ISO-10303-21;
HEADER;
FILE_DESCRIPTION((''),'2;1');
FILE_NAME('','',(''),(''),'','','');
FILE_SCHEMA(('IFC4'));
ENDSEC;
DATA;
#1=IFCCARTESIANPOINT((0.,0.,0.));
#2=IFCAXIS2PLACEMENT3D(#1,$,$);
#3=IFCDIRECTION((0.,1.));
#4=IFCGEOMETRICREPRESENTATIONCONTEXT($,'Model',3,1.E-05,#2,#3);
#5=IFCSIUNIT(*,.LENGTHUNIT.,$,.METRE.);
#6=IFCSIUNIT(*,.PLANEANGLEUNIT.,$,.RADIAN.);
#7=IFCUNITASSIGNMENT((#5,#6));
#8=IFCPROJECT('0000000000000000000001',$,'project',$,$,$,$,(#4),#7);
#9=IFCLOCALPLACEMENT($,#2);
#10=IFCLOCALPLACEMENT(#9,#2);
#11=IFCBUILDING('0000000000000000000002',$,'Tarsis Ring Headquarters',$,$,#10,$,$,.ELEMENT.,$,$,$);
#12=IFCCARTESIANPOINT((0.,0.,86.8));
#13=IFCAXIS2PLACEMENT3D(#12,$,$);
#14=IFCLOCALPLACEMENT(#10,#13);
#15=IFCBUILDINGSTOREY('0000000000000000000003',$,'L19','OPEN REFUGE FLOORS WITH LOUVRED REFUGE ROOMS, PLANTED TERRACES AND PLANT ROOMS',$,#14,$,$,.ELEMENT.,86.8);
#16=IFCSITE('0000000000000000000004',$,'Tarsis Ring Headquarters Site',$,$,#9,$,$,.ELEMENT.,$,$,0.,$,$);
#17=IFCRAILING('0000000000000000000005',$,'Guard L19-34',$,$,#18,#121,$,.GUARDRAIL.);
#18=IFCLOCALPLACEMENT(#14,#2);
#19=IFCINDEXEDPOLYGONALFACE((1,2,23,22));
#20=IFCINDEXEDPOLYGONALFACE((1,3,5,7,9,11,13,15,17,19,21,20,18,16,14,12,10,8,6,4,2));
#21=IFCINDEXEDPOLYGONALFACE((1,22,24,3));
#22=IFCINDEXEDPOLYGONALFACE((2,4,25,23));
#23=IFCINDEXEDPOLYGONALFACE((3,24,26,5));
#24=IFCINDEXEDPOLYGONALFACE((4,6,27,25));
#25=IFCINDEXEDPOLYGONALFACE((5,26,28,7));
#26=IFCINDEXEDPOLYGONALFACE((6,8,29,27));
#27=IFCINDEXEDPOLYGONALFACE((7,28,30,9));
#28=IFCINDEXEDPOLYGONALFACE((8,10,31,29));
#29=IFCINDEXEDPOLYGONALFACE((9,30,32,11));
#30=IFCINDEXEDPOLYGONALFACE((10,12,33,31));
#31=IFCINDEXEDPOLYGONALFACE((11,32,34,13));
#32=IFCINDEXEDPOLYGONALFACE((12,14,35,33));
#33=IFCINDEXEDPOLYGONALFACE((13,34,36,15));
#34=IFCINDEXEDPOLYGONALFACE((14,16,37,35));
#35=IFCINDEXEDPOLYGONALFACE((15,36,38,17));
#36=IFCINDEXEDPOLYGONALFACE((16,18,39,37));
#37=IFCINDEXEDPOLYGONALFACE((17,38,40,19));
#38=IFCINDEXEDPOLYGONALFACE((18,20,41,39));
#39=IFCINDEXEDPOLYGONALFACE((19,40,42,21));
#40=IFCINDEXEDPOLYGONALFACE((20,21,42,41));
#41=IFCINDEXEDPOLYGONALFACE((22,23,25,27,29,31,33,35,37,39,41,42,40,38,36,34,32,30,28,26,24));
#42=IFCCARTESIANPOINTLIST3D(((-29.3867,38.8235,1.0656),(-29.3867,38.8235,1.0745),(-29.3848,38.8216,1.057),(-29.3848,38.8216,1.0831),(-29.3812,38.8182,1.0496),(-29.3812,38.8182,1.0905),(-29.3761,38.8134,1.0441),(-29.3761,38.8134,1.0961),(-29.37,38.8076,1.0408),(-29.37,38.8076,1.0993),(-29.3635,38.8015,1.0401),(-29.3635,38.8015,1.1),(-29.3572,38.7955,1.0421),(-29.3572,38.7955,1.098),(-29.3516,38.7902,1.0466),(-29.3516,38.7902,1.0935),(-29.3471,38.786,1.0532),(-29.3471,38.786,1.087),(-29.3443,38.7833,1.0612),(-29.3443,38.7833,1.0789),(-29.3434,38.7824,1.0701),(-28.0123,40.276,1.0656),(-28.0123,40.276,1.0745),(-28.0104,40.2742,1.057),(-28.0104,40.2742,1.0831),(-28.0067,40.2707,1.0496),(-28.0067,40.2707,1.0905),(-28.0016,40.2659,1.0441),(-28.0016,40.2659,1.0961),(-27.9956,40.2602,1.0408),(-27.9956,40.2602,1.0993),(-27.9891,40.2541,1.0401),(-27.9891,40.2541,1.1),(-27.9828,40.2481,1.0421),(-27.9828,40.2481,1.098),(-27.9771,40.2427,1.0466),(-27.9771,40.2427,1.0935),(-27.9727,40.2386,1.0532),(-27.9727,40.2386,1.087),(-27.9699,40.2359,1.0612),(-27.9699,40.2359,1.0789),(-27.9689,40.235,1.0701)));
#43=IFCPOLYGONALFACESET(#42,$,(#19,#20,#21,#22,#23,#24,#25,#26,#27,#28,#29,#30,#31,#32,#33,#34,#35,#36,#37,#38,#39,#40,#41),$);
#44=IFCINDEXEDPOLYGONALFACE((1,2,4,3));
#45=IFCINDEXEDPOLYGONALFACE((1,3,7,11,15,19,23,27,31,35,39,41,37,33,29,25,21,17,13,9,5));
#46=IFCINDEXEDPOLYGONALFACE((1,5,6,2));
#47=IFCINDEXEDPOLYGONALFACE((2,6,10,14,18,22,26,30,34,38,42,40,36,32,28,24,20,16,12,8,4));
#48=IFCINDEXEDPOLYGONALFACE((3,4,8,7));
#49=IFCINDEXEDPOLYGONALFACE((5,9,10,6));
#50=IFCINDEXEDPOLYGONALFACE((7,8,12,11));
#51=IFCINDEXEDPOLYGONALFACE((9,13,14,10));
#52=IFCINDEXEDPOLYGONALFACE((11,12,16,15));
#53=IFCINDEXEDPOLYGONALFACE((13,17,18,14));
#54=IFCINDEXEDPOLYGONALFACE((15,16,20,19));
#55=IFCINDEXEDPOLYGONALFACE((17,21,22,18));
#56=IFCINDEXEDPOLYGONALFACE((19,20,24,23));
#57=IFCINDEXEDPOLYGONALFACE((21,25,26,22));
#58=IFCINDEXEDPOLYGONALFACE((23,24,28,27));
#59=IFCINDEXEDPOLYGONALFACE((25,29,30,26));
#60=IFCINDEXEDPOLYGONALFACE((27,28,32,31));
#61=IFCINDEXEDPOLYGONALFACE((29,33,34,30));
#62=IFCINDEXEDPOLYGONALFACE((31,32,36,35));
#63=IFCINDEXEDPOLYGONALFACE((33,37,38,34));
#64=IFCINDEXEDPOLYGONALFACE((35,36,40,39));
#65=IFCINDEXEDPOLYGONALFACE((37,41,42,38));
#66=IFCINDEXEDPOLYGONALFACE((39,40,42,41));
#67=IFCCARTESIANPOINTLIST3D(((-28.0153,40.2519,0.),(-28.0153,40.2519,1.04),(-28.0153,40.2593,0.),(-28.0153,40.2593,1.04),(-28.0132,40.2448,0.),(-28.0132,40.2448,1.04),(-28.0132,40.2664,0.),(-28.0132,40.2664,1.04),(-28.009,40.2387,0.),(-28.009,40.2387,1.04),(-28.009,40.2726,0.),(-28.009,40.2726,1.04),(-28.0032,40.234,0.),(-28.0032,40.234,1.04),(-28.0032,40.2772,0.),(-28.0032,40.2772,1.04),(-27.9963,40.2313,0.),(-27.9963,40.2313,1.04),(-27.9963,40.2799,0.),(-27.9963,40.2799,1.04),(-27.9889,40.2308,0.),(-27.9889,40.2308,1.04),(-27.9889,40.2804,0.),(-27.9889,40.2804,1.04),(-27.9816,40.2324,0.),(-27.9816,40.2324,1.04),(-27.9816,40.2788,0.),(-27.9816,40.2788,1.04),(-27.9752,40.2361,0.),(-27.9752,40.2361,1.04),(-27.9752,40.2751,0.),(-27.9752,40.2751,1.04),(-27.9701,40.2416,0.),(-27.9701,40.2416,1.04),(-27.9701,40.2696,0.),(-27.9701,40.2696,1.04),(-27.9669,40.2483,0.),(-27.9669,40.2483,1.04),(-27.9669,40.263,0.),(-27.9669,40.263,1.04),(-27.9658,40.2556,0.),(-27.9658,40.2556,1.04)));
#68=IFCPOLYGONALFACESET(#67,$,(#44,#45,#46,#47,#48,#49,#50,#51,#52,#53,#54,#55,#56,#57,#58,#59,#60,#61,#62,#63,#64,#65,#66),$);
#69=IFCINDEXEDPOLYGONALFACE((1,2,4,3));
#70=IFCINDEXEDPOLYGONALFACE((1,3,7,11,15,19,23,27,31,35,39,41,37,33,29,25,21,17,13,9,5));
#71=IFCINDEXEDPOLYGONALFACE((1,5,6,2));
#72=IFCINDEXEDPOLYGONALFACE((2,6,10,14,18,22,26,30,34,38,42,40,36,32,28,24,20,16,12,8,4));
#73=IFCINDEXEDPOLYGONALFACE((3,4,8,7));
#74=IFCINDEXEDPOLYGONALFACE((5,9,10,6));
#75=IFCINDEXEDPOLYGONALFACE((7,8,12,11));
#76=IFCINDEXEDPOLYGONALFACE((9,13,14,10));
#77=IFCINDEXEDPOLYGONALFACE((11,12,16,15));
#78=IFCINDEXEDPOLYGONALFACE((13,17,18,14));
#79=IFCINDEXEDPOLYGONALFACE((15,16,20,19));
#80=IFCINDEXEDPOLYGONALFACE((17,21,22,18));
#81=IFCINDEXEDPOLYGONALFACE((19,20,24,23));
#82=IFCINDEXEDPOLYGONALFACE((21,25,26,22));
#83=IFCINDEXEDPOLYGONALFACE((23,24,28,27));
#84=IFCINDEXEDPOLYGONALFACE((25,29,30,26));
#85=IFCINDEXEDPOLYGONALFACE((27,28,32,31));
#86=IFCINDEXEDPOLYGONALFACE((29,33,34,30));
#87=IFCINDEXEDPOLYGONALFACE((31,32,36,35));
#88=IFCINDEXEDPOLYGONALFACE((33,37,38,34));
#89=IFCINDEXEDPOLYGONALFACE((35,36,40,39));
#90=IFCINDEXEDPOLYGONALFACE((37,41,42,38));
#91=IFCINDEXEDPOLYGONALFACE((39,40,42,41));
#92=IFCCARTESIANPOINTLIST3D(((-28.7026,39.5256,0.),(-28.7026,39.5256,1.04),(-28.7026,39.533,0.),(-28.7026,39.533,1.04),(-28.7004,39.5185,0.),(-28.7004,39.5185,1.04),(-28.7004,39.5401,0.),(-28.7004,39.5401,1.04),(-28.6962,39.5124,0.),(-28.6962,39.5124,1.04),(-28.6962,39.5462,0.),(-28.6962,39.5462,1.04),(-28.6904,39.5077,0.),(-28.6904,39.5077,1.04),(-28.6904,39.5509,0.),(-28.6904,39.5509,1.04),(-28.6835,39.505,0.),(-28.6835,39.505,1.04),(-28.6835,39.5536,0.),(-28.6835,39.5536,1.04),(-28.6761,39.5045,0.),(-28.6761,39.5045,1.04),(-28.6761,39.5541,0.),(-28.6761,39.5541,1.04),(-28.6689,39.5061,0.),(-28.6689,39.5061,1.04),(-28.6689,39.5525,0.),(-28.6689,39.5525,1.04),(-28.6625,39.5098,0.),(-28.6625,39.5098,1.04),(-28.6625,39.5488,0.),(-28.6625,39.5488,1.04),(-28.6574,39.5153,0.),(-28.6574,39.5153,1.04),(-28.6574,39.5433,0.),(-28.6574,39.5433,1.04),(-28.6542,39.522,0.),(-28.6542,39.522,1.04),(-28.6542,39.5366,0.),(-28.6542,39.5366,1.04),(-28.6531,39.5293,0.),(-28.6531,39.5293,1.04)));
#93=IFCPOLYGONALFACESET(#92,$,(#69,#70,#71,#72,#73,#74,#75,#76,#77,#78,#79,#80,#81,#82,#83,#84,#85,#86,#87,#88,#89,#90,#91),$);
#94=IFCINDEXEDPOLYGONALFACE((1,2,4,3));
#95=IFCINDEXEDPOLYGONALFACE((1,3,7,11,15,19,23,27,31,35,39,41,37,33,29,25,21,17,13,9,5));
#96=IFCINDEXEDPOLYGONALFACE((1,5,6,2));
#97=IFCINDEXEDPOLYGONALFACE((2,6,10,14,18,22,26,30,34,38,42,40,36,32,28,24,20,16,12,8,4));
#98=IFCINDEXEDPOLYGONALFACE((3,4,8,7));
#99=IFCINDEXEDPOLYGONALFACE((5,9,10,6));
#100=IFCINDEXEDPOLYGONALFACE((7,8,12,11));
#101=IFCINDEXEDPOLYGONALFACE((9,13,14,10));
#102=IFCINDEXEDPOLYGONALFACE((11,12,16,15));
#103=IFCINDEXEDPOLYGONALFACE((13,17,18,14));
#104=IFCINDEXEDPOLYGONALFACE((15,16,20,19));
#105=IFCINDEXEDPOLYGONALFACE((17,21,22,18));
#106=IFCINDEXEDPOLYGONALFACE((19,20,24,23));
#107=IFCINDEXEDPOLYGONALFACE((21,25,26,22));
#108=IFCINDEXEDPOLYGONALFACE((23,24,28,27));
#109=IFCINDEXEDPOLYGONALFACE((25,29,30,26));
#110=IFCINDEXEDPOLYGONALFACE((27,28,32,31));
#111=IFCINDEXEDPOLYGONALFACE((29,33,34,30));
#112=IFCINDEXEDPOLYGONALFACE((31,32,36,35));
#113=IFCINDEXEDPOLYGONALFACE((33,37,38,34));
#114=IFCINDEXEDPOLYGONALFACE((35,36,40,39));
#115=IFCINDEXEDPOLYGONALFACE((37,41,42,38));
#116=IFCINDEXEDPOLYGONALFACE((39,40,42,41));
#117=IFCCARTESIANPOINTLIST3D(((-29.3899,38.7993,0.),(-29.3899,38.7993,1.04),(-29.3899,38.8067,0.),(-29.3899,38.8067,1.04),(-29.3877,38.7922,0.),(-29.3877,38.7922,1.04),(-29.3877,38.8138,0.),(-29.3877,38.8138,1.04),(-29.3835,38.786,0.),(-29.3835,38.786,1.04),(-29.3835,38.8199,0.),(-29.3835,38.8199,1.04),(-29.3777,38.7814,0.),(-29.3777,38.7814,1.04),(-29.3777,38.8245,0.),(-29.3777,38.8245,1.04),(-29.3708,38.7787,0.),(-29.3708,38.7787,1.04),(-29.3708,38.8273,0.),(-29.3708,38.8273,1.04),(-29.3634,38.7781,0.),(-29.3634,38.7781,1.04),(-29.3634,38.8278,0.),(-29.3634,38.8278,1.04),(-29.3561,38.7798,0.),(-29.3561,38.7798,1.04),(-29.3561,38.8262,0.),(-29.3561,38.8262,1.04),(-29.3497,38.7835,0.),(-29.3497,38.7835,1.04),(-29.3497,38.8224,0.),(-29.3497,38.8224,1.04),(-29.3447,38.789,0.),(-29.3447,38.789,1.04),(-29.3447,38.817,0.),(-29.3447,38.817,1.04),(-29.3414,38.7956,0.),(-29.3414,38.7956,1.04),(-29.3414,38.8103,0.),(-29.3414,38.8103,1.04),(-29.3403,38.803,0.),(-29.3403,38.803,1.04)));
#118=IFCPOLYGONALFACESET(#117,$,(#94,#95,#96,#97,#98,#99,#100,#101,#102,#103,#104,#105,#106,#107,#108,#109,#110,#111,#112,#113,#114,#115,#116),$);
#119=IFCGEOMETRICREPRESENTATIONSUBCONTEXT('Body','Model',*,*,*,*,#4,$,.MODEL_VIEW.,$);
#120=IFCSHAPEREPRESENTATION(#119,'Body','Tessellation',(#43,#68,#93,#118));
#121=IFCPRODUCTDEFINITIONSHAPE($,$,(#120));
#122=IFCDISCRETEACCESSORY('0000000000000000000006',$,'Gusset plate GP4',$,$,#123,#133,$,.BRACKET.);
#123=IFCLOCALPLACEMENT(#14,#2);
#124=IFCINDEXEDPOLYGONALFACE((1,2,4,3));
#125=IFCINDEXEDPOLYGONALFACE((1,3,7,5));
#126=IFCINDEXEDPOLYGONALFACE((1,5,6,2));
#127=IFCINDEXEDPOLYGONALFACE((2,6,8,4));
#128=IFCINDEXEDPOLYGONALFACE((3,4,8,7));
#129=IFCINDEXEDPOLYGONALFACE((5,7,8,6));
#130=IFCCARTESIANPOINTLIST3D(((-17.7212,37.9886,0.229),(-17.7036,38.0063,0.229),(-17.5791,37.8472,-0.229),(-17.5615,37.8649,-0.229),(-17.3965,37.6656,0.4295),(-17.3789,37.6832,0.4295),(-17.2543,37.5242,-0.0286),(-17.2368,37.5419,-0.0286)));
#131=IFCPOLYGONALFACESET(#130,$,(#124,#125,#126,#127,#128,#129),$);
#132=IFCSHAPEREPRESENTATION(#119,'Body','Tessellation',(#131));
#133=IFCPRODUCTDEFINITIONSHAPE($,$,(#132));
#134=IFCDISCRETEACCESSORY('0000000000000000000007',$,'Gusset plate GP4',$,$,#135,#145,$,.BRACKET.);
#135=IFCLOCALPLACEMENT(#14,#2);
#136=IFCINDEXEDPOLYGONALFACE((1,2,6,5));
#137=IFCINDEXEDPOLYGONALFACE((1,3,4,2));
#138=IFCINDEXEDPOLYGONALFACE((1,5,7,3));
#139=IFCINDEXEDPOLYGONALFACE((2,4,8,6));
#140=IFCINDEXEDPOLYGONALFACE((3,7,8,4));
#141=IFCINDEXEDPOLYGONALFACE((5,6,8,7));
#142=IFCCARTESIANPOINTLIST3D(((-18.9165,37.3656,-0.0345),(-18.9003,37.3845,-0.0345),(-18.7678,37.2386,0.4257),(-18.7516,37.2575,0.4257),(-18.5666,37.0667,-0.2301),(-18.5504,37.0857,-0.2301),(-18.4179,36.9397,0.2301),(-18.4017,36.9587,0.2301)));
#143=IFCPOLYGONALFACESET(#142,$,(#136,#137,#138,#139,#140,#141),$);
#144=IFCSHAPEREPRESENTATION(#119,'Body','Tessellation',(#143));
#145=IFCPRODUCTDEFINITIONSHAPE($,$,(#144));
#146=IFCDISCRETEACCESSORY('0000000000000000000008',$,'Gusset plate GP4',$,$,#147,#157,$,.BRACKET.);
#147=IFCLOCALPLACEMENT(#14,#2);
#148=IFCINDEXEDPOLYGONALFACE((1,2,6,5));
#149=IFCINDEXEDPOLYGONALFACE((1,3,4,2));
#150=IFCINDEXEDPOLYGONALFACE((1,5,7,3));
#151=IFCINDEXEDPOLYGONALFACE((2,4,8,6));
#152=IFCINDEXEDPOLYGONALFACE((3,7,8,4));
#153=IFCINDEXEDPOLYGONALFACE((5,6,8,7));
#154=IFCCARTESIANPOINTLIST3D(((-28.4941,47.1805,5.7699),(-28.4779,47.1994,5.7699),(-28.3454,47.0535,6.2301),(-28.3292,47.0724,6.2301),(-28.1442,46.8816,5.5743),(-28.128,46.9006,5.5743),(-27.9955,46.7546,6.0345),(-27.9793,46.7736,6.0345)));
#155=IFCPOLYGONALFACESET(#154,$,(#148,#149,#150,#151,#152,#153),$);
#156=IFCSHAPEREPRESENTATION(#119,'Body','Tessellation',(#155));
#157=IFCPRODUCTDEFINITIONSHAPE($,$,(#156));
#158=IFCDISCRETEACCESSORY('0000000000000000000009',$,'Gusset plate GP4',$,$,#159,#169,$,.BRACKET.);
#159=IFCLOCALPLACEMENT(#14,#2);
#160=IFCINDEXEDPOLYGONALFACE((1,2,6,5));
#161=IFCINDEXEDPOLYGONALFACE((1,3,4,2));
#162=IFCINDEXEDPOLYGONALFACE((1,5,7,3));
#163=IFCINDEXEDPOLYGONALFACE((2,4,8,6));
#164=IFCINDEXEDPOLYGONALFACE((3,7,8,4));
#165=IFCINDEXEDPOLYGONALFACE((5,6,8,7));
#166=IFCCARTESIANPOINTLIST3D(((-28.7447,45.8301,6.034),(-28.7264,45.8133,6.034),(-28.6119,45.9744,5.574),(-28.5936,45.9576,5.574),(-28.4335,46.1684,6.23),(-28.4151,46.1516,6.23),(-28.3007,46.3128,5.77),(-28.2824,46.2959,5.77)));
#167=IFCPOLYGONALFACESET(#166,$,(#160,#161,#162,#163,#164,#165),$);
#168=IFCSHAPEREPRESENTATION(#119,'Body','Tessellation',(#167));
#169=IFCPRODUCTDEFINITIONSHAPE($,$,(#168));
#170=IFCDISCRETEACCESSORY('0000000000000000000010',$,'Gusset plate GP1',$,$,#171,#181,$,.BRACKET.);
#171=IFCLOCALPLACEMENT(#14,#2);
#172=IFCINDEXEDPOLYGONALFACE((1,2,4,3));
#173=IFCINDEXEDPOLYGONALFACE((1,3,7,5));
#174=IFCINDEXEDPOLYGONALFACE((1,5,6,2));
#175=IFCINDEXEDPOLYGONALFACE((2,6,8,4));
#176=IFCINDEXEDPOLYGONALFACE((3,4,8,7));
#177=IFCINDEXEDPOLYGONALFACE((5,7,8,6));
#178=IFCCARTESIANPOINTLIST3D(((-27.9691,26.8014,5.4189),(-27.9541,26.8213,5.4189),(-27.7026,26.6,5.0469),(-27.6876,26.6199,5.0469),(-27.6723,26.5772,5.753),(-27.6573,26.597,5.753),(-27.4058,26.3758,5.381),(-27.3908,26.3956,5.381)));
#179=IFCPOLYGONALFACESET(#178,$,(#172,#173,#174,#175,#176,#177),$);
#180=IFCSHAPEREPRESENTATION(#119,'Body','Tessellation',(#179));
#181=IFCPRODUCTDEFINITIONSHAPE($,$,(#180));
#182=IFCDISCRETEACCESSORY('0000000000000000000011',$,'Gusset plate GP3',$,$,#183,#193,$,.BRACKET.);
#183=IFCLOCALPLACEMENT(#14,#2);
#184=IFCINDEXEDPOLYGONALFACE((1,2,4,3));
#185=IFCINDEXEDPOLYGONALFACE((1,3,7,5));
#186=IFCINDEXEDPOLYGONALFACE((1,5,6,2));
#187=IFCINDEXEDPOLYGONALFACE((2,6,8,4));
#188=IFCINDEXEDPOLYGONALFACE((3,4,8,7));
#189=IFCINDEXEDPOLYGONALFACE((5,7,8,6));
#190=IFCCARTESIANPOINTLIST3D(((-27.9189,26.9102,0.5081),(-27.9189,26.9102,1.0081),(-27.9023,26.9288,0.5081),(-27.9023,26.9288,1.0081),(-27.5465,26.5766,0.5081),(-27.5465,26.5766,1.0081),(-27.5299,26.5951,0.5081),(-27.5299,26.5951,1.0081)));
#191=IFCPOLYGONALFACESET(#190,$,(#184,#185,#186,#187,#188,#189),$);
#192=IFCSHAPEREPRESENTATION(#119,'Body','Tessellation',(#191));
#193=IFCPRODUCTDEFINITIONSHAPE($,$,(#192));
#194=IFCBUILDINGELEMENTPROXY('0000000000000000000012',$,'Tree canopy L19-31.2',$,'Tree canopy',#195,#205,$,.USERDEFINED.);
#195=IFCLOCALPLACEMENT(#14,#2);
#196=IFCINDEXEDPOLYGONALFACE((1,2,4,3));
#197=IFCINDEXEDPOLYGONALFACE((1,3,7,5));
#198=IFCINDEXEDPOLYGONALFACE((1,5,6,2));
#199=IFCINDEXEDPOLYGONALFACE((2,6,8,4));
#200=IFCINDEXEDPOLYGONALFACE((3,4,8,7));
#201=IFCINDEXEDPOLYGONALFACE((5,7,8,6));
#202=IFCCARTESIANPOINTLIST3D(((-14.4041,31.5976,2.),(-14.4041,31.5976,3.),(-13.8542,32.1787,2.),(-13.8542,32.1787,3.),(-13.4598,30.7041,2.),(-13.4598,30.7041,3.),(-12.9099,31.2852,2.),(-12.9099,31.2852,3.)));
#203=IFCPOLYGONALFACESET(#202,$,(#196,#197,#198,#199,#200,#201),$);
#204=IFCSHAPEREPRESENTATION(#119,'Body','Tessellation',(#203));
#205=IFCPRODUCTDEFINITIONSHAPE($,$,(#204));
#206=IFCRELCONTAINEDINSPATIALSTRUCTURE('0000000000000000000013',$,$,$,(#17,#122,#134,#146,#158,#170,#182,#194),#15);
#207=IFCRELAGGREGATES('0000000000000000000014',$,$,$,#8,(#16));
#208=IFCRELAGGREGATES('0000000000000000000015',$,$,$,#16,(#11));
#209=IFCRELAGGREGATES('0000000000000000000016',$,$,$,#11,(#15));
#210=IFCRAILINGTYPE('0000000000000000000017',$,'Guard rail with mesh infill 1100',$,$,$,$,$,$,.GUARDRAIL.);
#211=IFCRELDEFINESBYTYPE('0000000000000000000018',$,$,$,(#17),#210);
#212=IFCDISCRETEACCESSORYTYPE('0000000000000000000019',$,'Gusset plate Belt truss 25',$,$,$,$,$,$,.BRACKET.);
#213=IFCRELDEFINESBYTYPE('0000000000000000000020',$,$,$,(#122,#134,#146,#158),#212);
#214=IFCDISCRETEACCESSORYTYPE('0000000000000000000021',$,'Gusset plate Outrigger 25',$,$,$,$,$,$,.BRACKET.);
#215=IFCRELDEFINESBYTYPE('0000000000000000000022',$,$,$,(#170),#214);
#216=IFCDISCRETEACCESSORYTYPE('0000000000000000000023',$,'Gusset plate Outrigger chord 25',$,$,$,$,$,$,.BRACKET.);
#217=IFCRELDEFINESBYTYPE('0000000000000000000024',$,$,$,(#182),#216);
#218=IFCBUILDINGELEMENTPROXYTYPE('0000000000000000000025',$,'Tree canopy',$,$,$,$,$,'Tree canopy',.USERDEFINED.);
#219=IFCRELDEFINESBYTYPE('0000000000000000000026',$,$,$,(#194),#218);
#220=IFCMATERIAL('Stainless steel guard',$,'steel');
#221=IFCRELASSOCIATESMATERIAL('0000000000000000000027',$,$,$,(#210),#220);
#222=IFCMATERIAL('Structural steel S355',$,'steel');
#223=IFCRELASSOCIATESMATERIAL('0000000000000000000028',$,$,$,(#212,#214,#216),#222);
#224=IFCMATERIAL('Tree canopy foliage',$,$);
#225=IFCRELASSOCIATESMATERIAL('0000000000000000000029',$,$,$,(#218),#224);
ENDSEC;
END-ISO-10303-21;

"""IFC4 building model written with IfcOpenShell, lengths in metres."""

from ifc_helpers import new_model, si_unit, direction, frame, origin, origin_2d, place, context, subcontext, project, spatial, rectangle, circle, extrude, material, material_profile, profile_set, type_object, element, save


model = new_model("IFC4")

# Units and contexts
model_context = context("Model", 3, precision=1e-05, world=origin(), true_north=direction((0.0, 1.0)))
body_context = subcontext(model_context, "Body", "Model", "MODEL_VIEW")
ifc_project = project(units=[si_unit("LENGTHUNIT", "METRE"), si_unit("PLANEANGLEUNIT", "RADIAN")], contexts=[model_context])

# Site, building, storey
site_placement = place(None, origin())
site = spatial("IfcSite", under=ifc_project, at=site_placement, Name="Tarsis Ring Headquarters Site", CompositionType="ELEMENT", RefElevation=0.0)
building_placement = place(site_placement, origin())
building = spatial("IfcBuilding", under=site, at=building_placement, Name="Tarsis Ring Headquarters", CompositionType="ELEMENT")
storey_placement = place(building_placement, frame((0.0, 0.0, 86.8)))
storey = spatial("IfcBuildingStorey", under=building, at=storey_placement, Name="L19", Description="OPEN REFUGE FLOORS WITH LOUVRED REFUGE ROOMS, PLANTED TERRACES AND PLANT ROOMS", CompositionType="ELEMENT", Elevation=86.8)

# Shared definitions
ifc_material_1 = material(Name="Structural steel S355", Category="steel")

# Railing
ifc_material_2 = material(Name="Stainless steel guard", Category="steel")
railing_type = type_object("IfcRailingType", Name="Guard rail with mesh infill 1100", PredefinedType="GUARDRAIL", material=ifc_material_2)
railing_1_placement = place(storey_placement, frame((-27.9907, 40.2556, 0.0)))
element("IfcRailing", 1, at=railing_1_placement, inside=storey, type_object=railing_type, Name="Guard L19-34", PredefinedType="GUARDRAIL", context=body_context, shape_type="SweptSolid", body=[
    extrude(circle(Radius=0.03, at=origin_2d()), frame((0.0, 0.0, 1.0701), z_axis=(-0.687304, -0.72637, 0.0), x_axis=(0.72637, -0.687304, 0.0)), (0.0, 0.0, 1.0), 1.9998),
    extrude(circle(Radius=0.0249, at=origin_2d()), origin(), (0.0, 0.0, 1.0), 1.04),
    extrude(circle(Radius=0.0249, at=origin_2d()), frame((-0.6873, -0.7263, 0.0)), (0.0, 0.0, 1.0), 1.04),
    extrude(circle(Radius=0.0249, at=origin_2d()), frame((-1.3745, -1.4526, 0.0)), (0.0, 0.0, 1.0), 1.04),
])

# Discrete accessories
ifc_material_profile_1 = material_profile(ifc_material_1, rectangle(XDim=0.0249, YDim=0.5, at=origin_2d()), Name="PL 25x500")
ifc_profile_set_1 = profile_set([ifc_material_profile_1], Name="Structural steel S355")
discrete_accessory_type_1 = type_object("IfcDiscreteAccessoryType", Name="Gusset plate Belt truss 25", PredefinedType="BRACKET", material=ifc_profile_set_1)
for number, where, z_axis, x_axis, name in (
    (2, (-17.6414, 37.9268, 0.0), (0.649494, -0.646076, 0.400928), (0.705239, 0.70897, 0.0), "Gusset plate GP4"),
    (3, (-18.4841, 37.0127, 0.0), (-0.699794, 0.59773, 0.391162), (-0.649479, -0.760379, 0.0), "Gusset plate GP4"),
    (4, (-28.4116, 47.1265, 6.0), (0.699794, -0.59773, -0.391162), (0.649479, 0.760379, 0.0), "Gusset plate GP4"),
):
    element("IfcDiscreteAccessory", number, at=place(storey_placement, frame(where, z_axis=z_axis, x_axis=x_axis)), inside=storey, type_object=discrete_accessory_type_1, Name=name, PredefinedType="BRACKET", context=body_context, shape_type="SweptSolid", body=[
        extrude(rectangle(XDim=0.0249, YDim=0.5, at=origin_2d()), origin(), (0.0, 0.0, 1.0), 0.5),
    ])
discrete_accessory_1_placement = place(storey_placement, frame((-28.3579, 46.2322, 6.0), z_axis=(-0.622772, -0.67699, -0.392224), x_axis=(0.735963, -0.677022, 0.0)))
element("IfcDiscreteAccessory", 5, at=discrete_accessory_1_placement, inside=storey, type_object=discrete_accessory_type_1, Name="Gusset plate GP4", PredefinedType="BRACKET", context=body_context, shape_type="SweptSolid", body=[
    extrude(rectangle(XDim=0.0249, YDim=0.5, at=origin_2d()), origin(), (0.0, 0.0, 1.0), 0.4998),
])
discrete_accessory_type_2 = type_object("IfcDiscreteAccessoryType", Name="Gusset plate Outrigger 25", PredefinedType="BRACKET", material=ifc_profile_set_1)
discrete_accessory_2_placement = place(storey_placement, frame((-27.8132, 26.6992, 5.5859), z_axis=(0.533117, -0.402767, -0.74402), x_axis=(0.602802, 0.797891, 0.0)))
element("IfcDiscreteAccessory", 6, at=discrete_accessory_2_placement, inside=storey, type_object=discrete_accessory_type_2, Name="Gusset plate GP1", PredefinedType="BRACKET", context=body_context, shape_type="SweptSolid", body=[
    extrude(rectangle(XDim=0.0249, YDim=0.5, at=origin_2d()), origin(), (0.0, 0.0, 1.0), 0.5),
])
discrete_accessory_type_3 = type_object("IfcDiscreteAccessoryType", Name="Gusset plate Outrigger chord 25", PredefinedType="BRACKET", material=ifc_profile_set_1)
discrete_accessory_3_placement = place(storey_placement, frame((-27.7244, 26.7527, 0.5081), z_axis=(0.0, 0.0, 1.0), x_axis=(0.667266, 0.744819, 0.0)))
element("IfcDiscreteAccessory", 7, at=discrete_accessory_3_placement, inside=storey, type_object=discrete_accessory_type_3, Name="Gusset plate GP3", PredefinedType="BRACKET", context=body_context, shape_type="SweptSolid", body=[
    extrude(rectangle(XDim=0.0249, YDim=0.5, at=origin_2d()), origin(), (0.0, 0.0, 1.0), 0.5),
])

# Building element proxy
ifc_material_3 = material(Name="Tree canopy foliage")
building_element_proxy_type_1 = type_object("IfcBuildingElementProxyType", Name="Tree canopy", ElementType="Tree canopy", PredefinedType="USERDEFINED", material=ifc_material_3)
for number, where, z_axis, x_axis, name in (
    (8, (-13.657, 31.4414, 2.0), (0.0, 0.0, 1.0), (-0.726335, 0.687341, 0.0), "Tree canopy L19-31.2"),
):
    element("IfcBuildingElementProxy", number, at=place(storey_placement, frame(where, z_axis=z_axis, x_axis=x_axis)), inside=storey, type_object=building_element_proxy_type_1, Name=name, ObjectType="Tree canopy", PredefinedType="USERDEFINED", context=body_context, shape_type="SweptSolid", body=[
        extrude(rectangle(XDim=1.3, YDim=0.8, at=origin_2d()), origin(), (0.0, 0.0, 1.0), 1.0),
    ])

save(model, "model.ifc")
